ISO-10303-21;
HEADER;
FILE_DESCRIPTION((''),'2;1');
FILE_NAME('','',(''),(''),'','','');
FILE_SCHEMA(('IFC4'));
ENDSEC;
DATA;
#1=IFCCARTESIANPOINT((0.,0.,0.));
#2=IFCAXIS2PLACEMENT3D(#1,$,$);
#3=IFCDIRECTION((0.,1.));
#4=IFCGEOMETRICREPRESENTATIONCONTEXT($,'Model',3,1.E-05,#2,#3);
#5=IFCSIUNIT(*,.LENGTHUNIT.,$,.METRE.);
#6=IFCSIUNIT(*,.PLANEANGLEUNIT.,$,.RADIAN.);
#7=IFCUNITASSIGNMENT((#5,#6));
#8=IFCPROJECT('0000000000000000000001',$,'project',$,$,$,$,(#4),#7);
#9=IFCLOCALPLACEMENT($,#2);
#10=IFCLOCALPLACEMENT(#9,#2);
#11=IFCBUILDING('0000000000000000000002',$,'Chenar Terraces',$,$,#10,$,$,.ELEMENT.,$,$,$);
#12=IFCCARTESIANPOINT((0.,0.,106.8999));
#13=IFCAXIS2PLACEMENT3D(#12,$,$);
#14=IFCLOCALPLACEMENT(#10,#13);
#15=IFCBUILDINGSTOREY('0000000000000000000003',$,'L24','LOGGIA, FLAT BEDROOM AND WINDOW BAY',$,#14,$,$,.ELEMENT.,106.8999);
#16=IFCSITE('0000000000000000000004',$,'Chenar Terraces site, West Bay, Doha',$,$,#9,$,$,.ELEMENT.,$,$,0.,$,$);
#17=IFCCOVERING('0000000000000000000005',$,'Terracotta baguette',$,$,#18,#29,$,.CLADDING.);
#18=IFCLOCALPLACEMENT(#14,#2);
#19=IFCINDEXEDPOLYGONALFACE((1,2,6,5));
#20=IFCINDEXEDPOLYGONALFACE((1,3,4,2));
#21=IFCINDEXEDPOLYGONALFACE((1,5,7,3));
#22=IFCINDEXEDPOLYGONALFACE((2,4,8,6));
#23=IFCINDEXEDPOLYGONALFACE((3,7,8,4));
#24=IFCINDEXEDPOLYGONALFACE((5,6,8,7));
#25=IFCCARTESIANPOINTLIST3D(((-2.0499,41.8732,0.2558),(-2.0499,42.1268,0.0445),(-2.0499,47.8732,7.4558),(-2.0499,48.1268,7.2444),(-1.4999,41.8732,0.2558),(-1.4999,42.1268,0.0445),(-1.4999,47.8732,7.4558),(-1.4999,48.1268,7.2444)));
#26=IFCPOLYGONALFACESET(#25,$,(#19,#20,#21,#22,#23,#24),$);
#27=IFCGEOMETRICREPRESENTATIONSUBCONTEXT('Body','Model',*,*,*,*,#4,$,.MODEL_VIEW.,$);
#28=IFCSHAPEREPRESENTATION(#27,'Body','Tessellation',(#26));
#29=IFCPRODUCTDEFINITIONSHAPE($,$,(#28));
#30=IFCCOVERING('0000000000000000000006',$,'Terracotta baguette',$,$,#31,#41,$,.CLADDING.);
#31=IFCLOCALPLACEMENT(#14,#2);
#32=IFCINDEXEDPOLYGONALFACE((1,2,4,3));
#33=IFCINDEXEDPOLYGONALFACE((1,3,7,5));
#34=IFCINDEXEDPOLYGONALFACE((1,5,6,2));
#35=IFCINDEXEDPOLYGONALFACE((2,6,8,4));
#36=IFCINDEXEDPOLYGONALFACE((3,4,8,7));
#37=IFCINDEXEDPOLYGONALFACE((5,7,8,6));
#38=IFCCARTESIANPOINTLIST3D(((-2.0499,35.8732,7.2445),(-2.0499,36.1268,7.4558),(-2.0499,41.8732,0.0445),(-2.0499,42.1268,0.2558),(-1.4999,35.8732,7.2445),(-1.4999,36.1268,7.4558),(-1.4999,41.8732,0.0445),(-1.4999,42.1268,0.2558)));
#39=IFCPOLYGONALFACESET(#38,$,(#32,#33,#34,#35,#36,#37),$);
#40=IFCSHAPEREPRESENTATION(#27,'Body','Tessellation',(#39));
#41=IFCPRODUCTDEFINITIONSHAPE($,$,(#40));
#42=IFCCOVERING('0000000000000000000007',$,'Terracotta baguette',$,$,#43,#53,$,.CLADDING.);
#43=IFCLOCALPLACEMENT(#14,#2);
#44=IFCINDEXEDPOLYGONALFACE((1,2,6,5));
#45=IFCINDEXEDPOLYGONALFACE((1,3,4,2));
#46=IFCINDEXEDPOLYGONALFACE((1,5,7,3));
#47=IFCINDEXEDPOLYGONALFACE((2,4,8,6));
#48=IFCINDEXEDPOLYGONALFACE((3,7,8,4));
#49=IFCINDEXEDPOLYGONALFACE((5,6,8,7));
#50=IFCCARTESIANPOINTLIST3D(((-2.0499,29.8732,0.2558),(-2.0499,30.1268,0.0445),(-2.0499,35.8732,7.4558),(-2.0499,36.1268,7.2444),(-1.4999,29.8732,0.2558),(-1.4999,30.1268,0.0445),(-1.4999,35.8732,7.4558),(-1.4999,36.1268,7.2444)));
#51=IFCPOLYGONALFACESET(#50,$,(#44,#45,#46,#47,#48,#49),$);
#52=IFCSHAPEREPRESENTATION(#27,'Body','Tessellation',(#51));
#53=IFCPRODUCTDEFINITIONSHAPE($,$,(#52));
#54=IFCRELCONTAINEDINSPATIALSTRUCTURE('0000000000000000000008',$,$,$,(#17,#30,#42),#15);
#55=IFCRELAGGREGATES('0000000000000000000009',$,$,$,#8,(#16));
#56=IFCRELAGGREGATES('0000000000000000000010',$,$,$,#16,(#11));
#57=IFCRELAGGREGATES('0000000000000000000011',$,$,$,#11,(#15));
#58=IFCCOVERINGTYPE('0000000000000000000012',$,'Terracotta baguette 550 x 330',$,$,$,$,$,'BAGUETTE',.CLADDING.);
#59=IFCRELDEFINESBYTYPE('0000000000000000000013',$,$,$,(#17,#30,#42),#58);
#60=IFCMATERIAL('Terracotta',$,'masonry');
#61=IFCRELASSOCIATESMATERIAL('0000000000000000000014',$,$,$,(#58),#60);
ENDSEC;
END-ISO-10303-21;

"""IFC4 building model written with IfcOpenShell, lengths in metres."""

from ifc_helpers import new_model, si_unit, direction, frame, origin, origin_2d, place, context, subcontext, project, spatial, rectangle, extrude, material, material_profile, profile_set, type_object, element, save


model = new_model("IFC4")

# Units and contexts
model_context = context("Model", 3, precision=1e-05, world=origin(), true_north=direction((0.0, 1.0)))
body_context = subcontext(model_context, "Body", "Model", "MODEL_VIEW")
ifc_project = project(units=[si_unit("LENGTHUNIT", "METRE"), si_unit("PLANEANGLEUNIT", "RADIAN")], contexts=[model_context])

# Site, building, storey
site_placement = place(None, origin())
site = spatial("IfcSite", under=ifc_project, at=site_placement, Name="Chenar Terraces site, West Bay, Doha", CompositionType="ELEMENT", RefElevation=0.0)
building_placement = place(site_placement, origin())
building = spatial("IfcBuilding", under=site, at=building_placement, Name="Chenar Terraces", CompositionType="ELEMENT")
storey_placement = place(building_placement, frame((0.0, 0.0, 106.8999)))
storey = spatial("IfcBuildingStorey", under=building, at=storey_placement, Name="L24", Description="LOGGIA, FLAT BEDROOM AND WINDOW BAY", CompositionType="ELEMENT", Elevation=106.8999)

# Coverings
ifc_material_1 = material(Name="Terracotta", Category="masonry")
ifc_material_profile_1 = material_profile(ifc_material_1, rectangle(XDim=0.55, YDim=0.3301, at=origin_2d()), Name="Terracotta baguette 550 x 330")
ifc_profile_set_1 = profile_set([ifc_material_profile_1], Name="Terracotta")
covering_type = type_object("IfcCoveringType", Name="Terracotta baguette 550 x 330", ElementType="BAGUETTE", PredefinedType="CLADDING", material=ifc_profile_set_1)
for number, where, z_axis, x_axis, name in (
    (1, (-1.7749, 48.0, 7.3501), (0.0, -0.640187, -0.768219), (1.0, 0.0, 0.0), "Terracotta baguette"),
    (2, (-1.7749, 42.0, 0.1501), (0.0, -0.640187, 0.768219), (1.0, 0.0, 0.0), "Terracotta baguette"),
    (3, (-1.7749, 36.0, 7.3501), (0.0, -0.640187, -0.768219), (1.0, 0.0, 0.0), "Terracotta baguette"),
):
    element("IfcCovering", number, at=place(storey_placement, frame(where, z_axis=z_axis, x_axis=x_axis)), inside=storey, type_object=covering_type, Name=name, PredefinedType="CLADDING", context=body_context, shape_type="SweptSolid", body=[
        extrude(rectangle(XDim=0.55, YDim=0.3301, at=origin_2d()), origin(), (0.0, 0.0, 1.0), 9.3723),
    ])

save(model, "model.ifc")
